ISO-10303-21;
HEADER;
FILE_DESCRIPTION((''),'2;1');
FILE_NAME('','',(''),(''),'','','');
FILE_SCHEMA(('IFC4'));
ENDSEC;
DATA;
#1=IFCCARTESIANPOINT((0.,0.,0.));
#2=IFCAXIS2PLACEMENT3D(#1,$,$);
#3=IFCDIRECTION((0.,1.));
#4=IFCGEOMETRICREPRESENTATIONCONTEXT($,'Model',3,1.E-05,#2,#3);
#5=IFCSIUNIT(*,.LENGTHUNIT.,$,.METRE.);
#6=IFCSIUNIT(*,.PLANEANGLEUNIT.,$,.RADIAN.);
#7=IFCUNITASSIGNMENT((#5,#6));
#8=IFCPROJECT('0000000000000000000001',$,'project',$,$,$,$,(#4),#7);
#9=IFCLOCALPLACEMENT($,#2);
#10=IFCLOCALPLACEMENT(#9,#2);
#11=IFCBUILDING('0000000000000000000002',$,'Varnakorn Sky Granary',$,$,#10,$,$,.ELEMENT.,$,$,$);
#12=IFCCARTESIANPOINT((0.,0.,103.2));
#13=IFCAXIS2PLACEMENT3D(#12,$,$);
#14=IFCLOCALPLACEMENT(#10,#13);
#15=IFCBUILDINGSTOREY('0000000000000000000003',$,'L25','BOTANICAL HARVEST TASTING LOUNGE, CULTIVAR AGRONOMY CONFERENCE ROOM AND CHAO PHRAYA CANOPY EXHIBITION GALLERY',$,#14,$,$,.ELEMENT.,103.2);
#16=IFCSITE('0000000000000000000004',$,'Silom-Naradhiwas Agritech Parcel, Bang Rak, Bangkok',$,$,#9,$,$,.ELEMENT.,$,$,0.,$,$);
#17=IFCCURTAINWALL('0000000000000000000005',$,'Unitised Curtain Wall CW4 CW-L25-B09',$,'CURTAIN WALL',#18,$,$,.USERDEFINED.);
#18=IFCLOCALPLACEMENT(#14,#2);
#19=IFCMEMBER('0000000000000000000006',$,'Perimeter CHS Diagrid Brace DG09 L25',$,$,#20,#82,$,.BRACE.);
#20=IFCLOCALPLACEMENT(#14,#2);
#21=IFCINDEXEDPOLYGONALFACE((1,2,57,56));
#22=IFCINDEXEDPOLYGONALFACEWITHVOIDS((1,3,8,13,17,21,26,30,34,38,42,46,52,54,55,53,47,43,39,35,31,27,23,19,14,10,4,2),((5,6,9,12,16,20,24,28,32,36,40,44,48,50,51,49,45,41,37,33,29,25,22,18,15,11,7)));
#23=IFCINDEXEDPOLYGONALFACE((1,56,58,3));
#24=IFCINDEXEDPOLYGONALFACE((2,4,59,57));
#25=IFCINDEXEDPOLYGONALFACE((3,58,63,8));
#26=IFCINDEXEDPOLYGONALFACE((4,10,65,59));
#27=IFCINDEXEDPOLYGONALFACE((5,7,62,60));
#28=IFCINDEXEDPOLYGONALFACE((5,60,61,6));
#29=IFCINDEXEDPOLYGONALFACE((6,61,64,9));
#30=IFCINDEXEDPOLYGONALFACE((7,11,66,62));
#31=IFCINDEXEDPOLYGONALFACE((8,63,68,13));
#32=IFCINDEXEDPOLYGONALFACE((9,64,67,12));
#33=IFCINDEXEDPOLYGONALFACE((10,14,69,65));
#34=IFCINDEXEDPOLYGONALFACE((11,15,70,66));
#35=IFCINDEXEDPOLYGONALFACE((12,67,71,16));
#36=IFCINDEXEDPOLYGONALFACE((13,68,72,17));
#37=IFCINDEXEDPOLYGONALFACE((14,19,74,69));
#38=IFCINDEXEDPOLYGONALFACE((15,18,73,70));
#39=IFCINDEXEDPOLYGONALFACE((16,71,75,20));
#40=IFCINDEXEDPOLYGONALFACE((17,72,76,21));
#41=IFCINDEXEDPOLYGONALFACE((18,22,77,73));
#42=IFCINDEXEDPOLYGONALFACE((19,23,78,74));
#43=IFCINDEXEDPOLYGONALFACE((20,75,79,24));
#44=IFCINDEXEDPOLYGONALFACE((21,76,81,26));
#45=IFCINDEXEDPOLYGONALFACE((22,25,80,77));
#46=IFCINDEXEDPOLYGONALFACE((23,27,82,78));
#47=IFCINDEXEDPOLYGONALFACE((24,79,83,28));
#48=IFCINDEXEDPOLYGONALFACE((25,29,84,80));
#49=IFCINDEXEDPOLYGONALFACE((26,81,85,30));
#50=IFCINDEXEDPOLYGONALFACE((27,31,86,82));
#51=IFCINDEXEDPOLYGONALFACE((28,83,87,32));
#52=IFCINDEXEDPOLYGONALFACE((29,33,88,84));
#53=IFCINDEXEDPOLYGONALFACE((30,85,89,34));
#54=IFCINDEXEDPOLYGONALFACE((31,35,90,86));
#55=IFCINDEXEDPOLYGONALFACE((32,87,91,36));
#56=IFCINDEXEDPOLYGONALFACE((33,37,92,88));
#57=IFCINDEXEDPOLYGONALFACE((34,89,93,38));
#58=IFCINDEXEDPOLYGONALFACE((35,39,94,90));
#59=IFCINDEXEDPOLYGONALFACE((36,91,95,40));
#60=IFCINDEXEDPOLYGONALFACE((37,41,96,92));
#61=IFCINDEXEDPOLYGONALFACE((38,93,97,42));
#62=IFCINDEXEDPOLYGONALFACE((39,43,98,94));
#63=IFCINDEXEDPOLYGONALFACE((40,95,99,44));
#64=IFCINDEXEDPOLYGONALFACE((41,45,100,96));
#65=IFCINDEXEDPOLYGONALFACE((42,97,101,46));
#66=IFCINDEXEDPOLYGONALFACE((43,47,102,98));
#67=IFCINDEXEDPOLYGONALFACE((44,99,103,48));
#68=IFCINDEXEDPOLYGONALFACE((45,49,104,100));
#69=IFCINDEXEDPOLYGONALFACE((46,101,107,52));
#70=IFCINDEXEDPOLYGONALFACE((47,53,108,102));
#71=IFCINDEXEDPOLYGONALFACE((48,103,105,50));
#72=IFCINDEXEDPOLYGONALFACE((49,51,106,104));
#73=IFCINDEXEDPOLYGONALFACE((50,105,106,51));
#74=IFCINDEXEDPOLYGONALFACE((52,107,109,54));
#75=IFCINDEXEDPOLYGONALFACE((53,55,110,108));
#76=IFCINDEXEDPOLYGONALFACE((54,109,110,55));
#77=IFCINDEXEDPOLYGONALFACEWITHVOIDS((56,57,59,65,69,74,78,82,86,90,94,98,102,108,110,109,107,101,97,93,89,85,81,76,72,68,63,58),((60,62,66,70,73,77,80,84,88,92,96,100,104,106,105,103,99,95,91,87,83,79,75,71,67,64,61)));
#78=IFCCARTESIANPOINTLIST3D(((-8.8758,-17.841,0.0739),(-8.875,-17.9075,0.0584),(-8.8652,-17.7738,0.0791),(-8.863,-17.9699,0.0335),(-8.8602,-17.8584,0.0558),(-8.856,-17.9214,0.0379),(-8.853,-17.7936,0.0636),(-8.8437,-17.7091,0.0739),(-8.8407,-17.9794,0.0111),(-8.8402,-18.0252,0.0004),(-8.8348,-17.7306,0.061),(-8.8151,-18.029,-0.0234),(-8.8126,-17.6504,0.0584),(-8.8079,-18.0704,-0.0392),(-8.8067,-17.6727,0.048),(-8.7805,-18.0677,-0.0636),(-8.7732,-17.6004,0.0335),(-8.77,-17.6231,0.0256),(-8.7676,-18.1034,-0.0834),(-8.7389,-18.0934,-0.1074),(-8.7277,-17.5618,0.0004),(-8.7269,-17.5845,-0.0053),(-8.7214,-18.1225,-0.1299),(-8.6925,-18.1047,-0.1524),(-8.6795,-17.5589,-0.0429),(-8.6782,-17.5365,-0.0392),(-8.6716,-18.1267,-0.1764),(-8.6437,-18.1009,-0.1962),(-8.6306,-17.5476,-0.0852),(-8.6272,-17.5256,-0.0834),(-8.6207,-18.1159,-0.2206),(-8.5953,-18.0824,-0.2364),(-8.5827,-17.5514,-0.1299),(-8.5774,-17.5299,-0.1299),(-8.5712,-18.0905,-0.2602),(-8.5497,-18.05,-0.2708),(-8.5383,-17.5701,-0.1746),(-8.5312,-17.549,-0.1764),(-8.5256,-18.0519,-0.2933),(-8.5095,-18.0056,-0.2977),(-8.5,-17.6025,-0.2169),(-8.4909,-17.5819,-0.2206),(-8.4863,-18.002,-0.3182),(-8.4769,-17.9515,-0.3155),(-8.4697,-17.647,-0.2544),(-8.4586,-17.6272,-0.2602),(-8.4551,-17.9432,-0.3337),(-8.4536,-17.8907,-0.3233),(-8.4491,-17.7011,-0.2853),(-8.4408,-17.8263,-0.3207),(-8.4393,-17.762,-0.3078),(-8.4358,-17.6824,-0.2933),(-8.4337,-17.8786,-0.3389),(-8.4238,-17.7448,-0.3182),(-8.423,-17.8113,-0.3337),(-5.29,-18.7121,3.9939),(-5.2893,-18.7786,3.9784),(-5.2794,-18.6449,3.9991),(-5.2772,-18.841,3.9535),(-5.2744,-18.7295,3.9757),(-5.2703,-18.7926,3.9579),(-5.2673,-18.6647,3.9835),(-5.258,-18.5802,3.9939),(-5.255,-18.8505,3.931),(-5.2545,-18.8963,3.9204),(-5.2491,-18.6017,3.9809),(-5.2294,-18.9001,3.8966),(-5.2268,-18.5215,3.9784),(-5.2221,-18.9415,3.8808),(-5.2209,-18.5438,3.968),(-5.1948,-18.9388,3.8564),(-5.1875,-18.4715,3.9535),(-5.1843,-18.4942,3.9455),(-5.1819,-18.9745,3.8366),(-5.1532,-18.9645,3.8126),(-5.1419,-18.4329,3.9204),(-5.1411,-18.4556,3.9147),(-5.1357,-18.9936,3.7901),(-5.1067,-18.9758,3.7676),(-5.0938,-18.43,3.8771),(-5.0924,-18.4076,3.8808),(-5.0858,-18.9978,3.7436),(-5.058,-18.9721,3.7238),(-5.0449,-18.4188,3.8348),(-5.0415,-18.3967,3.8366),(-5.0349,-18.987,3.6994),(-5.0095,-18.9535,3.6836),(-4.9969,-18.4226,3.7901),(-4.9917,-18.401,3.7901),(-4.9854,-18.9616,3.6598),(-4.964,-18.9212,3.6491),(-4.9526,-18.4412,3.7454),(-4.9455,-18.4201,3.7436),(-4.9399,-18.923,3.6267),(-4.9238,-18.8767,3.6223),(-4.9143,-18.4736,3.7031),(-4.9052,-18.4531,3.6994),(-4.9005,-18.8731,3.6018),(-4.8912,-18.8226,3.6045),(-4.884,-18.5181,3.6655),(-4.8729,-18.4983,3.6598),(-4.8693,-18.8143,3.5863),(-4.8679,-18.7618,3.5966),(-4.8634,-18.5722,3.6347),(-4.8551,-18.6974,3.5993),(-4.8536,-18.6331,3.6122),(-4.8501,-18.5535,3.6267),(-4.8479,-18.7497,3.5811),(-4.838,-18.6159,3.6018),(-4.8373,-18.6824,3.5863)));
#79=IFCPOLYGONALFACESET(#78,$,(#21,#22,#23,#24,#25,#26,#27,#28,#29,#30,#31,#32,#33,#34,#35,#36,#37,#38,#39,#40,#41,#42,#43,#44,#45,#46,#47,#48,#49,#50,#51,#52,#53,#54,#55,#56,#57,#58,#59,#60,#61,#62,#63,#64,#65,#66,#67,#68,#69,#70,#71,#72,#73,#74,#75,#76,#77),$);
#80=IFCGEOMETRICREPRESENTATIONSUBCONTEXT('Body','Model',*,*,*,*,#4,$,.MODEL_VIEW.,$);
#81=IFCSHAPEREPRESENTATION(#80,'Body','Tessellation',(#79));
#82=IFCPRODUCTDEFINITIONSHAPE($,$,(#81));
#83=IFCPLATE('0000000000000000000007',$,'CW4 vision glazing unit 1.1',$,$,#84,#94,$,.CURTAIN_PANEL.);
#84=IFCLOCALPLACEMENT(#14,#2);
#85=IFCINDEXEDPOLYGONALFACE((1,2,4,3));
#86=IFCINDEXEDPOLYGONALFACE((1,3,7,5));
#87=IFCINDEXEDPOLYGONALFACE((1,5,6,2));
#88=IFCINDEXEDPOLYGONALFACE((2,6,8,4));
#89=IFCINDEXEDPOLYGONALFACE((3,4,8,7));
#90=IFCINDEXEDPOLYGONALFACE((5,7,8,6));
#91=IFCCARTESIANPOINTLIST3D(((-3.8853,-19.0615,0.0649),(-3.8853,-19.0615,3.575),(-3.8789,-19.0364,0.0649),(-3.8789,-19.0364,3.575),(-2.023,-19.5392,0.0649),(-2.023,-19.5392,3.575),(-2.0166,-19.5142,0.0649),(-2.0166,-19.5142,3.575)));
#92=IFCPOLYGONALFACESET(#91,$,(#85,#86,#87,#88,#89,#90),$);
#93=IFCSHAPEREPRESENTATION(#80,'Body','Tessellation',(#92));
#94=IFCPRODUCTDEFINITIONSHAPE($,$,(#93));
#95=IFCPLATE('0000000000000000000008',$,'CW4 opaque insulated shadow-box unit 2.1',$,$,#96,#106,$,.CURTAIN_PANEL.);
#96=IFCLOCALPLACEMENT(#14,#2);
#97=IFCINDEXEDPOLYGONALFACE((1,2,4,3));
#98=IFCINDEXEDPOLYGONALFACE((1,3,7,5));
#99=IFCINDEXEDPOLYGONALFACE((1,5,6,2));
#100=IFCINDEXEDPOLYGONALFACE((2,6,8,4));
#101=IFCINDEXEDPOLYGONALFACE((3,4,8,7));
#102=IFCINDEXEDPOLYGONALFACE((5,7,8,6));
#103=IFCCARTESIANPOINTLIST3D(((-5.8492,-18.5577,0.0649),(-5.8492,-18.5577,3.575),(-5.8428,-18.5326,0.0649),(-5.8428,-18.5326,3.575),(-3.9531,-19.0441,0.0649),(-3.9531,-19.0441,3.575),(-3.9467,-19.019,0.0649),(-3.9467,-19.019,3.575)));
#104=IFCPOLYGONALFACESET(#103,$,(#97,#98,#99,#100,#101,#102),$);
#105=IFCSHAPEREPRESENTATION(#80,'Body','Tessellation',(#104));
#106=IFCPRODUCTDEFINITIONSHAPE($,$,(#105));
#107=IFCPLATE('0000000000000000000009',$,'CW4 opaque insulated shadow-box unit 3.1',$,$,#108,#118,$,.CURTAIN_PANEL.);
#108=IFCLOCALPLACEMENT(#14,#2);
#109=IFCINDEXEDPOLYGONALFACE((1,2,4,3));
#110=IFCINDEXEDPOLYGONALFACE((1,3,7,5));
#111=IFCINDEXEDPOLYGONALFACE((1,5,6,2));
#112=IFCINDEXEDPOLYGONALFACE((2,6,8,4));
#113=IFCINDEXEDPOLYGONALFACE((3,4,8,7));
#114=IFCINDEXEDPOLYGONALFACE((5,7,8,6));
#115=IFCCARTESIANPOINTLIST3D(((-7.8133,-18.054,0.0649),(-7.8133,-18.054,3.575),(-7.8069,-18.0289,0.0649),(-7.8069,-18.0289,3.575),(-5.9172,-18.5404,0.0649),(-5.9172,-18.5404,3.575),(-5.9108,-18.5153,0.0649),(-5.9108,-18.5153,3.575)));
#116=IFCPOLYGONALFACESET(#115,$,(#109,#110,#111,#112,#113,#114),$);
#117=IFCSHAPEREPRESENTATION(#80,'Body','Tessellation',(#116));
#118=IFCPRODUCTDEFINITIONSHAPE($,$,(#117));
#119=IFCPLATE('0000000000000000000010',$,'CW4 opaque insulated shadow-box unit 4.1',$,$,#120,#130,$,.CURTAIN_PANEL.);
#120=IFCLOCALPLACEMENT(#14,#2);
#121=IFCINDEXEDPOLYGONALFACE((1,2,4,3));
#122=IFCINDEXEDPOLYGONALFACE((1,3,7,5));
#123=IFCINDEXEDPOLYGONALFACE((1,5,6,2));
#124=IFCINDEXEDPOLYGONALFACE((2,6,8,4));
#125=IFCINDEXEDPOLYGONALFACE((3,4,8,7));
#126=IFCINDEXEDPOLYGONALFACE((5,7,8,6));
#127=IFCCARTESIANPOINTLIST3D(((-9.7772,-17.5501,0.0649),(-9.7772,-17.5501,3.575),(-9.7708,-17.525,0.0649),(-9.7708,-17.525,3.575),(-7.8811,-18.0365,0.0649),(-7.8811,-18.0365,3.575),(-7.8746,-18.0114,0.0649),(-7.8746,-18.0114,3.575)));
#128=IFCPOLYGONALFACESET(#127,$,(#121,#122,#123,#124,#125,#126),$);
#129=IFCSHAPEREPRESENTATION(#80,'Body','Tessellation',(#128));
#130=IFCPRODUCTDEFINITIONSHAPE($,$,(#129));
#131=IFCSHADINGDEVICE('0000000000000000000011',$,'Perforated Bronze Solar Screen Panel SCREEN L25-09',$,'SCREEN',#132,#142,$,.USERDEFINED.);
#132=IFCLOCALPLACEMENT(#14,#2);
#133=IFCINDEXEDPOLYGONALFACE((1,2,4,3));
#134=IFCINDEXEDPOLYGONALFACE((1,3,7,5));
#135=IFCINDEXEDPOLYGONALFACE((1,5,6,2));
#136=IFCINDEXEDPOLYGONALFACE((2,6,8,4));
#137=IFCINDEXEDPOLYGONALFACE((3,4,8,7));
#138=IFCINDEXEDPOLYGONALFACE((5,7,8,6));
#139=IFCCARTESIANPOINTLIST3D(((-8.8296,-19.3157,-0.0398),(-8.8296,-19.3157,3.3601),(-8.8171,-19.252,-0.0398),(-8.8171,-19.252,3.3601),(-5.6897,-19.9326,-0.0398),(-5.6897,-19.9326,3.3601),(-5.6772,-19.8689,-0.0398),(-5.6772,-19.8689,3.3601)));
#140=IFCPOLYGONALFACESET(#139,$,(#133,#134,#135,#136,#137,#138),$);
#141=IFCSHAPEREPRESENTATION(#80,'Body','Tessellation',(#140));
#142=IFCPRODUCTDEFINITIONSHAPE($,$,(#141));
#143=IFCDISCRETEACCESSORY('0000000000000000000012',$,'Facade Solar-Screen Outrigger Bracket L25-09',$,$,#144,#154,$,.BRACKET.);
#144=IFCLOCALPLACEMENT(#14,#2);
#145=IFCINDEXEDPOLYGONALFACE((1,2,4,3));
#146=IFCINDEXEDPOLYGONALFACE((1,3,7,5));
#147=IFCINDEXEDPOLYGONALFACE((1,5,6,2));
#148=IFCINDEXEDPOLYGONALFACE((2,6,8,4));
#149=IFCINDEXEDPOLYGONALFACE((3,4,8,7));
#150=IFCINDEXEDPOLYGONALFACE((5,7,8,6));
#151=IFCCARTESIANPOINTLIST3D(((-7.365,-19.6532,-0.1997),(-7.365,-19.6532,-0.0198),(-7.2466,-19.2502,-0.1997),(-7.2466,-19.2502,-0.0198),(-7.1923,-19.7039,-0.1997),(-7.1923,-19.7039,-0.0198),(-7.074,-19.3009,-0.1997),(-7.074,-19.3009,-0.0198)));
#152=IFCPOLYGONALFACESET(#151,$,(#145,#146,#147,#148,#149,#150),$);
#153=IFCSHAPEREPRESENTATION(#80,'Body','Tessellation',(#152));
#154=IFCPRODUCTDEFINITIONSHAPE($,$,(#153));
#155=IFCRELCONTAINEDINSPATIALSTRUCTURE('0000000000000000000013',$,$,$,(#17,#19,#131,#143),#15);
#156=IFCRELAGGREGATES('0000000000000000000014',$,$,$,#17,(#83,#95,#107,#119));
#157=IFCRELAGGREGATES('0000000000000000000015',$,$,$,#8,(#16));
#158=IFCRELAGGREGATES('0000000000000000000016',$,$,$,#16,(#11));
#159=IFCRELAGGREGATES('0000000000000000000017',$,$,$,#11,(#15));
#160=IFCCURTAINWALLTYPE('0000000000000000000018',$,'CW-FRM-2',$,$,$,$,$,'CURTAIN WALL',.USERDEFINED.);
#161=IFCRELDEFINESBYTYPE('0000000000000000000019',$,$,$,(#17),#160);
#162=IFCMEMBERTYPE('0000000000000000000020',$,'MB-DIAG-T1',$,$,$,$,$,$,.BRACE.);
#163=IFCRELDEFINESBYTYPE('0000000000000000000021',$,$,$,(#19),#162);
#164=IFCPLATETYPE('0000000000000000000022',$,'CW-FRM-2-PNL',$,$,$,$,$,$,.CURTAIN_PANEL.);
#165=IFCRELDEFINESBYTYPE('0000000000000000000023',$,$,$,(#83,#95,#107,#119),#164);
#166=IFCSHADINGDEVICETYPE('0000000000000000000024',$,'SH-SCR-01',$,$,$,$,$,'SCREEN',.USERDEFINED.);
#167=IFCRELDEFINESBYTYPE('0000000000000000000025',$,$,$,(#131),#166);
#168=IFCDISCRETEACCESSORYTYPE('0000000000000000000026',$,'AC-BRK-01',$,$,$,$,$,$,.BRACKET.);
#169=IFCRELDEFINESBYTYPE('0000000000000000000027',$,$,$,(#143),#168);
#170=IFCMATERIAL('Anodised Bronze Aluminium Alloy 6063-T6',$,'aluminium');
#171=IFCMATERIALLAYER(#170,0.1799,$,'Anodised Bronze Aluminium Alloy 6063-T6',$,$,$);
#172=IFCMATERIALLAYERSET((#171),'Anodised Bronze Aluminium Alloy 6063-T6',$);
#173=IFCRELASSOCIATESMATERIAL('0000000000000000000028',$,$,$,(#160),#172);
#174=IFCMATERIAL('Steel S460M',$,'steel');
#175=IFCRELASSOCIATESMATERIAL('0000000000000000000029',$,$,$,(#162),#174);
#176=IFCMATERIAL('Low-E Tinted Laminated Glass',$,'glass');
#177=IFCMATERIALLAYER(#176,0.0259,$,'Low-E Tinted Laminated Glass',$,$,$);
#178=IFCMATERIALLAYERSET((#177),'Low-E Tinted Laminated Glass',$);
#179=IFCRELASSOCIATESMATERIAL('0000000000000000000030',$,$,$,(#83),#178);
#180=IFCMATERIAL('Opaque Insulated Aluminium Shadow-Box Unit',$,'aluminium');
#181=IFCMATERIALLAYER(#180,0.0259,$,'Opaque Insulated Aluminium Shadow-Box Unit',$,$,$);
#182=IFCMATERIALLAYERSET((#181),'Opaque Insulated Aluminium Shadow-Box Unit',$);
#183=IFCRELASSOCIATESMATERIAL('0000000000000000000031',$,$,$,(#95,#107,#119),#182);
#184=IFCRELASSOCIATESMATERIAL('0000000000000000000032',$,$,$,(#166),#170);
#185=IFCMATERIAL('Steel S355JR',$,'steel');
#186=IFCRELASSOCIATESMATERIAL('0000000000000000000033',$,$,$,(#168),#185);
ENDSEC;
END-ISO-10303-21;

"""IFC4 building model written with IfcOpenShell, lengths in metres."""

from ifc_helpers import new_model, si_unit, direction, frame, origin, origin_2d, place, context, subcontext, project, spatial, rectangle, hollow_circle, extrude, source, transform, mapped, material, layer, layer_set, material_profile, profile_set, type_object, type_shapes, element, aggregate, save


model = new_model("IFC4")

# Units and contexts
model_context = context("Model", 3, precision=1e-05, world=origin(), true_north=direction((0.0, 1.0)))
body_context = subcontext(model_context, "Body", "Model", "MODEL_VIEW")
ifc_project = project(units=[si_unit("LENGTHUNIT", "METRE"), si_unit("PLANEANGLEUNIT", "RADIAN")], contexts=[model_context])

# Site, building, storey
site_placement = place(None, origin())
site = spatial("IfcSite", under=ifc_project, at=site_placement, Name="Silom-Naradhiwas Agritech Parcel, Bang Rak, Bangkok", CompositionType="ELEMENT", RefElevation=0.0)
building_placement = place(site_placement, origin())
building = spatial("IfcBuilding", under=site, at=building_placement, Name="Varnakorn Sky Granary", CompositionType="ELEMENT")
storey_placement = place(building_placement, frame((0.0, 0.0, 103.2)))
storey = spatial("IfcBuildingStorey", under=building, at=storey_placement, Name="L25", Description="BOTANICAL HARVEST TASTING LOUNGE, CULTIVAR AGRONOMY CONFERENCE ROOM AND CHAO PHRAYA CANOPY EXHIBITION GALLERY", CompositionType="ELEMENT", Elevation=103.2)

# Shared definitions
ifc_material_1 = material(Name="Steel S460M", Category="steel")

# Shared definitions
ifc_material_2 = material(Name="Steel S355JR", Category="steel")

# Curtain wall
ifc_material_3 = material(Name="Anodised Bronze Aluminium Alloy 6063-T6", Category="aluminium")
ifc_layer_1 = layer(ifc_material_3, 0.1799, Name="Anodised Bronze Aluminium Alloy 6063-T6")
ifc_layer_set_1 = layer_set([ifc_layer_1], Name="Anodised Bronze Aluminium Alloy 6063-T6")
curtain_wall_type = type_object("IfcCurtainWallType", Name="CW-FRM-2", ElementType="CURTAIN WALL", PredefinedType="USERDEFINED", material=ifc_layer_set_1)
curtain_wall_1_placement = place(storey_placement, origin())
curtain_wall_1 = element("IfcCurtainWall", 1, at=curtain_wall_1_placement, inside=storey, type_object=curtain_wall_type, Name="Unitised Curtain Wall CW4 CW-L25-B09", ObjectType="CURTAIN WALL", PredefinedType="USERDEFINED")

# Member
ifc_material_profile_1 = material_profile(ifc_material_1, hollow_circle(Radius=0.3049, WallThickness=0.0222, at=origin_2d()), Name="CHS 610x22")
ifc_profile_set_1 = profile_set([ifc_material_profile_1], Name="Steel S460M")
member_type_1 = type_object("IfcMemberType", Name="MB-DIAG-T1", PredefinedType="BRACE", material=ifc_profile_set_1)
member_1_placement = place(storey_placement, frame((-8.6494, -17.8262, -0.1299), z_axis=(0.666056, -0.161809, 0.72814), x_axis=(0.23607, 0.971736, 0.0)))
element("IfcMember", 2, at=member_1_placement, inside=storey, type_object=member_type_1, Name="Perimeter CHS Diagrid Brace DG09 L25", PredefinedType="BRACE", context=body_context, shape_type="SweptSolid", body=[
    extrude(hollow_circle(Radius=0.3049, WallThickness=0.0222, at=origin_2d()), origin(), (0.0, 0.0, 1.0), 5.3835),
])

# Plates
ifc_material_4 = material(Name="Low-E Tinted Laminated Glass", Category="glass")
ifc_layer_2 = layer(ifc_material_4, 0.0259, Name="Low-E Tinted Laminated Glass")
ifc_layer_set_2 = layer_set([ifc_layer_2], Name="Low-E Tinted Laminated Glass")
plate_type = type_object("IfcPlateType", Name="CW-FRM-2-PNL", PredefinedType="CURTAIN_PANEL")
shared_shape_1 = source(origin(), body_context, "Body", "SweptSolid", [
    extrude(rectangle(XDim=1.9226, YDim=0.0259, at=origin_2d()), origin(), (0.0, 0.0, 1.0), 3.51),
])
plate_1_placement = place(storey_placement, frame((-2.9509, -19.2878, 0.0649), z_axis=(0.0, 0.0, 1.0), x_axis=(-0.968638, 0.248477, 0.0)))
plate_1 = element("IfcPlate", 3, at=plate_1_placement, type_object=plate_type, material=ifc_layer_set_2, Name="CW4 vision glazing unit 1.1", PredefinedType="CURTAIN_PANEL", context=body_context, shape_type="MappedRepresentation", body=[
    mapped(shared_shape_1, transform((0.0, 0.0, 0.0), x_axis=(1.0, 0.0, 0.0), y_axis=(0.0, 1.0, 0.0), z_axis=(0.0, 0.0, 1.0), scale=1.0)),
])
ifc_material_5 = material(Name="Opaque Insulated Aluminium Shadow-Box Unit", Category="aluminium")
ifc_layer_3 = layer(ifc_material_5, 0.0259, Name="Opaque Insulated Aluminium Shadow-Box Unit")
ifc_layer_set_3 = layer_set([ifc_layer_3], Name="Opaque Insulated Aluminium Shadow-Box Unit")
shared_shape_2 = source(origin(), body_context, "Body", "SweptSolid", [
    extrude(rectangle(XDim=1.9575, YDim=0.0259, at=origin_2d()), origin(), (0.0, 0.0, 1.0), 3.51),
])
type_shapes(plate_type, [shared_shape_1, shared_shape_2])
plate_2_placement = place(storey_placement, frame((-4.8979, -18.7883, 0.0649), z_axis=(0.0, 0.0, 1.0), x_axis=(-0.968638, 0.248477, 0.0)))
plate_2 = element("IfcPlate", 4, at=plate_2_placement, type_object=plate_type, material=ifc_layer_set_3, Name="CW4 opaque insulated shadow-box unit 2.1", PredefinedType="CURTAIN_PANEL", context=body_context, shape_type="MappedRepresentation", body=[
    mapped(shared_shape_2, transform((0.0, 0.0, 0.0), x_axis=(1.0, 0.0, 0.0), y_axis=(0.0, 1.0, 0.0), z_axis=(0.0, 0.0, 1.0), scale=1.0)),
])
plate_3_placement = place(storey_placement, frame((-6.8621, -18.2847, 0.0649), z_axis=(0.0, 0.0, 1.0), x_axis=(-0.968638, 0.248477, 0.0)))
plate_3 = element("IfcPlate", 5, at=plate_3_placement, type_object=plate_type, material=ifc_layer_set_3, Name="CW4 opaque insulated shadow-box unit 3.1", PredefinedType="CURTAIN_PANEL", context=body_context, shape_type="MappedRepresentation", body=[
    mapped(shared_shape_2, transform((0.0, 0.0, 0.0), x_axis=(1.0, 0.0, 0.0), y_axis=(0.0, 1.0, 0.0), z_axis=(0.0, 0.0, 1.0), scale=1.0)),
])
plate_4_placement = place(storey_placement, frame((-8.8259, -17.7808, 0.0649), z_axis=(0.0, 0.0, 1.0), x_axis=(-0.968638, 0.248477, 0.0)))
plate_4 = element("IfcPlate", 6, at=plate_4_placement, type_object=plate_type, material=ifc_layer_set_3, Name="CW4 opaque insulated shadow-box unit 4.1", PredefinedType="CURTAIN_PANEL", context=body_context, shape_type="MappedRepresentation", body=[
    mapped(shared_shape_2, transform((0.0, 0.0, 0.0), x_axis=(1.0, 0.0, 0.0), y_axis=(0.0, 1.0, 0.0), z_axis=(0.0, 0.0, 1.0), scale=1.0)),
])
aggregate(curtain_wall_1, [plate_1, plate_2, plate_3, plate_4])

# Shading device
shading_device_type = type_object("IfcShadingDeviceType", Name="SH-SCR-01", ElementType="SCREEN", PredefinedType="USERDEFINED", material=ifc_material_3)
shared_shape_3 = source(origin(), body_context, "Body", "SweptSolid", [
    extrude(rectangle(XDim=3.2, YDim=0.0649, at=origin_2d()), origin(), (0.0, 0.0, 1.0), 3.3999),
])
type_shapes(shading_device_type, [shared_shape_3])
shading_device_placement = place(storey_placement, frame((-7.2534, -19.5923, -0.0398), z_axis=(0.0, 0.0, 1.0), x_axis=(0.981242, -0.192779, 0.0)))
element("IfcShadingDevice", 7, at=shading_device_placement, inside=storey, type_object=shading_device_type, Name="Perforated Bronze Solar Screen Panel SCREEN L25-09", ObjectType="SCREEN", PredefinedType="USERDEFINED", context=body_context, shape_type="MappedRepresentation", body=[
    mapped(shared_shape_3, transform((0.0, 0.0, 0.0), x_axis=(1.0, 0.0, 0.0), y_axis=(0.0, 1.0, 0.0), z_axis=(0.0, 0.0, 1.0), scale=1.0)),
])

# Discrete accessory
discrete_accessory_type = type_object("IfcDiscreteAccessoryType", Name="AC-BRK-01", PredefinedType="BRACKET", material=ifc_material_2)
shared_shape_4 = source(origin(), body_context, "Body", "SweptSolid", [
    extrude(rectangle(XDim=0.1799, YDim=0.4199, at=origin_2d()), origin(), (0.0, 0.0, 1.0), 0.1799),
])
type_shapes(discrete_accessory_type, [shared_shape_4])
discrete_accessory_placement = place(storey_placement, frame((-7.2195, -19.4771, -0.1997), z_axis=(0.0, 0.0, 1.0), x_axis=(0.959486, -0.281756, 0.0)))
element("IfcDiscreteAccessory", 8, at=discrete_accessory_placement, inside=storey, type_object=discrete_accessory_type, Name="Facade Solar-Screen Outrigger Bracket L25-09", PredefinedType="BRACKET", context=body_context, shape_type="MappedRepresentation", body=[
    mapped(shared_shape_4, transform((0.0, 0.0, 0.0), x_axis=(1.0, 0.0, 0.0), y_axis=(0.0, 1.0, 0.0), z_axis=(0.0, 0.0, 1.0), scale=1.0)),
])

save(model, "model.ifc")
